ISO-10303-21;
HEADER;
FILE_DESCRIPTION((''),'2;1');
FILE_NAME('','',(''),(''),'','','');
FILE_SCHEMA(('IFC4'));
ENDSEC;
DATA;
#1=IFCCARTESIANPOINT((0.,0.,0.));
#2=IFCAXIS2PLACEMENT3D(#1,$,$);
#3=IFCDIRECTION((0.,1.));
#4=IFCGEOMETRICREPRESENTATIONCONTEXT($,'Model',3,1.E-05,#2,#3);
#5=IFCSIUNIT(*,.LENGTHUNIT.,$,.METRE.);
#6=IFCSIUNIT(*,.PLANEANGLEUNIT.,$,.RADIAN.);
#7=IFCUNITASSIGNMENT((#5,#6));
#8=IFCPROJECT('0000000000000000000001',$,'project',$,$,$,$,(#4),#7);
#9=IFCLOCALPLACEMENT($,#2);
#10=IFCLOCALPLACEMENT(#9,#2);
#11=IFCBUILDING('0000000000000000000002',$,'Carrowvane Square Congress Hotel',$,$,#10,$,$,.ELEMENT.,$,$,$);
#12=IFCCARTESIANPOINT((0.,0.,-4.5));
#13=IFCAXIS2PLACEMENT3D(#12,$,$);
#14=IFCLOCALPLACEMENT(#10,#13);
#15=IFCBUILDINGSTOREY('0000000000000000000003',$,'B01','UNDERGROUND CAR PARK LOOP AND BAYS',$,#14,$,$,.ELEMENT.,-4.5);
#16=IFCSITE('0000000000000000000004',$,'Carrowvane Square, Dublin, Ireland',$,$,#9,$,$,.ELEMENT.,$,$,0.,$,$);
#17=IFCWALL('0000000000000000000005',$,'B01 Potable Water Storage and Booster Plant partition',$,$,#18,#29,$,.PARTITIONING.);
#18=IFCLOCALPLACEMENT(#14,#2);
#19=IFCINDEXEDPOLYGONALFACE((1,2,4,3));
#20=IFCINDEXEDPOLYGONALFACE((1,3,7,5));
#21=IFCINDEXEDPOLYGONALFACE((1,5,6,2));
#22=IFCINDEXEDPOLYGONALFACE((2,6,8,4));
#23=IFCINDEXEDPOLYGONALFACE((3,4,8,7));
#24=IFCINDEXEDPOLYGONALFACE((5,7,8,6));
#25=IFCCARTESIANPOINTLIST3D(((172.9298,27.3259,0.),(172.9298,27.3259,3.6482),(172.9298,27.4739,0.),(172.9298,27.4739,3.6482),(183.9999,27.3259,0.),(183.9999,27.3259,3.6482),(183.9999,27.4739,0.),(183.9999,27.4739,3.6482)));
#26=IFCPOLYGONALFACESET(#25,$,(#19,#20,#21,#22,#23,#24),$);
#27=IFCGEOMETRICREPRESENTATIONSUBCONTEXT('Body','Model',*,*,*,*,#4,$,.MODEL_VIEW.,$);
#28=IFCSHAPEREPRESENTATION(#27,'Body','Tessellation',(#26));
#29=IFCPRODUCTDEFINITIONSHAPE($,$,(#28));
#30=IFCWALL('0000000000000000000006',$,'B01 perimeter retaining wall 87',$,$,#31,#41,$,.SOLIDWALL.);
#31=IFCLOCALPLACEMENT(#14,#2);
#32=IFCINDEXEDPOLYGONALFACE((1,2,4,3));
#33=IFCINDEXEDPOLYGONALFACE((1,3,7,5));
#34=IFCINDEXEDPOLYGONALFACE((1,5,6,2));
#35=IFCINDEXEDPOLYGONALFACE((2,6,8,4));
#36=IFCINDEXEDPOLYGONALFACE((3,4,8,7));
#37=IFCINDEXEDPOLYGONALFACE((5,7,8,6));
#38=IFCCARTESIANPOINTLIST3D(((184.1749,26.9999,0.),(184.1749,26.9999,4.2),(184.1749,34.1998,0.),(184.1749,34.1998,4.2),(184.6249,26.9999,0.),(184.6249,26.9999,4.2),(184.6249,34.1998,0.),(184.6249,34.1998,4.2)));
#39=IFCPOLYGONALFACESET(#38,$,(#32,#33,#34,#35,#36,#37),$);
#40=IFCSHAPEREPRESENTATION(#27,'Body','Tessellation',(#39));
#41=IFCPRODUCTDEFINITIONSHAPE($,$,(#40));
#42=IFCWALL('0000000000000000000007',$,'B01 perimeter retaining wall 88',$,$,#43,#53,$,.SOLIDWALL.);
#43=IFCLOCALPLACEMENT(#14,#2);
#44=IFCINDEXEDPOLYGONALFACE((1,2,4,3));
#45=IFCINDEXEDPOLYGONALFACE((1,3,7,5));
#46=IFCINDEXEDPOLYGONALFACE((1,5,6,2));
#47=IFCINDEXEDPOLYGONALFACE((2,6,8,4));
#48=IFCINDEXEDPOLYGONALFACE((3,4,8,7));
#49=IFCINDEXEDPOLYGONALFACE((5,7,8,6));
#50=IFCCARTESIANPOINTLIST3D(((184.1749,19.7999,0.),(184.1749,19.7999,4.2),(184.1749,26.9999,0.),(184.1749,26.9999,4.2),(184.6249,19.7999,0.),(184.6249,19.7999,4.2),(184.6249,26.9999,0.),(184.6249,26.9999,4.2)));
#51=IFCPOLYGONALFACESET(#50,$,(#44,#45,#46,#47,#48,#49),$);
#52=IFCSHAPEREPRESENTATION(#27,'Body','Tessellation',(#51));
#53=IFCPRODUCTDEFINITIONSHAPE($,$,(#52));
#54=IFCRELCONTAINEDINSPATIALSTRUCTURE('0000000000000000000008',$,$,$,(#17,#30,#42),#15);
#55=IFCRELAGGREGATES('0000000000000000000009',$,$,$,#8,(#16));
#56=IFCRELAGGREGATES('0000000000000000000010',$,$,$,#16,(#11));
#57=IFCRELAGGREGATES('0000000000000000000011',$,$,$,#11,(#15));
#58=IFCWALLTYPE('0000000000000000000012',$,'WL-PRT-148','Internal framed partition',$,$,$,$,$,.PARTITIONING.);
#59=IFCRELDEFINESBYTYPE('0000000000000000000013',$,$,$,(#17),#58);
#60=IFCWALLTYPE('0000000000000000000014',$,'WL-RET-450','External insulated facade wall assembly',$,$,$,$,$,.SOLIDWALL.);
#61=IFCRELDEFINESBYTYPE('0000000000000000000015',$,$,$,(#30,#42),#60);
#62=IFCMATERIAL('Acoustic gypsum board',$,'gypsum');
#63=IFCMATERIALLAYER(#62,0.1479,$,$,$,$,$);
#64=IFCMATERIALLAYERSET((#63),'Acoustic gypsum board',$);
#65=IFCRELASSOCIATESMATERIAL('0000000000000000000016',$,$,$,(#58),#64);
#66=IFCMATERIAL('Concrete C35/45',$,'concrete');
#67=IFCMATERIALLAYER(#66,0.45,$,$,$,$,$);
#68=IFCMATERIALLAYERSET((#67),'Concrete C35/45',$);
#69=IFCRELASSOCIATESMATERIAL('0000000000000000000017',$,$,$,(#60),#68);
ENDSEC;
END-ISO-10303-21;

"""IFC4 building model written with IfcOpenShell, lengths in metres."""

from ifc_helpers import new_model, si_unit, direction, frame, frame_2d, origin, place, context, subcontext, project, spatial, rectangle, extrude, material, layer, layer_set, type_object, element, save


model = new_model("IFC4")

# Units and contexts
model_context = context("Model", 3, precision=1e-05, world=origin(), true_north=direction((0.0, 1.0)))
body_context = subcontext(model_context, "Body", "Model", "MODEL_VIEW")
ifc_project = project(units=[si_unit("LENGTHUNIT", "METRE"), si_unit("PLANEANGLEUNIT", "RADIAN")], contexts=[model_context])

# Site, building, storey
site_placement = place(None, origin())
site = spatial("IfcSite", under=ifc_project, at=site_placement, Name="Carrowvane Square, Dublin, Ireland", CompositionType="ELEMENT", RefElevation=0.0)
building_placement = place(site_placement, origin())
building = spatial("IfcBuilding", under=site, at=building_placement, Name="Carrowvane Square Congress Hotel", CompositionType="ELEMENT")
storey_placement = place(building_placement, frame((0.0, 0.0, -4.5)))
storey = spatial("IfcBuildingStorey", under=building, at=storey_placement, Name="B01", Description="UNDERGROUND CAR PARK LOOP AND BAYS", CompositionType="ELEMENT", Elevation=-4.5)

# Walls
ifc_material_1 = material(Name="Acoustic gypsum board", Category="gypsum")
ifc_layer_1 = layer(ifc_material_1, 0.1479)
ifc_layer_set_1 = layer_set([ifc_layer_1], Name="Acoustic gypsum board")
wall_type_1 = type_object("IfcWallType", Name="WL-PRT-148", Description="Internal framed partition", PredefinedType="PARTITIONING", material=ifc_layer_set_1)
wall_placement = place(storey_placement, frame((184.0, 27.3999, 0.0), z_axis=(0.0, 0.0, 1.0), x_axis=(-1.0, 0.0, 0.0)))
element("IfcWall", 1, at=wall_placement, inside=storey, type_object=wall_type_1, Name="B01 Potable Water Storage and Booster Plant partition", PredefinedType="PARTITIONING", context=body_context, shape_type="SweptSolid", body=[
    extrude(rectangle(XDim=11.0701, YDim=0.1479, at=frame_2d((5.5352, 0.0))), origin(), (0.0, 0.0, 1.0), 3.6482),
])
ifc_material_2 = material(Name="Concrete C35/45", Category="concrete")
ifc_layer_2 = layer(ifc_material_2, 0.45)
ifc_layer_set_2 = layer_set([ifc_layer_2], Name="Concrete C35/45")
wall_type_2 = type_object("IfcWallType", Name="WL-RET-450", Description="External insulated facade wall assembly", PredefinedType="SOLIDWALL", material=ifc_layer_set_2)
for number, where, z_axis, x_axis, name in (
    (2, (184.3999, 34.2, 0.0), (0.0, 0.0, 1.0), (0.0, -1.0, 0.0), "B01 perimeter retaining wall 87"),
    (3, (184.3999, 27.0, 0.0), (0.0, 0.0, 1.0), (0.0, -1.0, 0.0), "B01 perimeter retaining wall 88"),
):
    element("IfcWall", number, at=place(storey_placement, frame(where, z_axis=z_axis, x_axis=x_axis)), inside=storey, type_object=wall_type_2, Name=name, PredefinedType="SOLIDWALL", context=body_context, shape_type="SweptSolid", body=[
        extrude(rectangle(XDim=7.2, YDim=0.45, at=frame_2d((3.6001, 0.0))), origin(), (0.0, 0.0, 1.0), 4.2),
    ])

save(model, "model.ifc")
